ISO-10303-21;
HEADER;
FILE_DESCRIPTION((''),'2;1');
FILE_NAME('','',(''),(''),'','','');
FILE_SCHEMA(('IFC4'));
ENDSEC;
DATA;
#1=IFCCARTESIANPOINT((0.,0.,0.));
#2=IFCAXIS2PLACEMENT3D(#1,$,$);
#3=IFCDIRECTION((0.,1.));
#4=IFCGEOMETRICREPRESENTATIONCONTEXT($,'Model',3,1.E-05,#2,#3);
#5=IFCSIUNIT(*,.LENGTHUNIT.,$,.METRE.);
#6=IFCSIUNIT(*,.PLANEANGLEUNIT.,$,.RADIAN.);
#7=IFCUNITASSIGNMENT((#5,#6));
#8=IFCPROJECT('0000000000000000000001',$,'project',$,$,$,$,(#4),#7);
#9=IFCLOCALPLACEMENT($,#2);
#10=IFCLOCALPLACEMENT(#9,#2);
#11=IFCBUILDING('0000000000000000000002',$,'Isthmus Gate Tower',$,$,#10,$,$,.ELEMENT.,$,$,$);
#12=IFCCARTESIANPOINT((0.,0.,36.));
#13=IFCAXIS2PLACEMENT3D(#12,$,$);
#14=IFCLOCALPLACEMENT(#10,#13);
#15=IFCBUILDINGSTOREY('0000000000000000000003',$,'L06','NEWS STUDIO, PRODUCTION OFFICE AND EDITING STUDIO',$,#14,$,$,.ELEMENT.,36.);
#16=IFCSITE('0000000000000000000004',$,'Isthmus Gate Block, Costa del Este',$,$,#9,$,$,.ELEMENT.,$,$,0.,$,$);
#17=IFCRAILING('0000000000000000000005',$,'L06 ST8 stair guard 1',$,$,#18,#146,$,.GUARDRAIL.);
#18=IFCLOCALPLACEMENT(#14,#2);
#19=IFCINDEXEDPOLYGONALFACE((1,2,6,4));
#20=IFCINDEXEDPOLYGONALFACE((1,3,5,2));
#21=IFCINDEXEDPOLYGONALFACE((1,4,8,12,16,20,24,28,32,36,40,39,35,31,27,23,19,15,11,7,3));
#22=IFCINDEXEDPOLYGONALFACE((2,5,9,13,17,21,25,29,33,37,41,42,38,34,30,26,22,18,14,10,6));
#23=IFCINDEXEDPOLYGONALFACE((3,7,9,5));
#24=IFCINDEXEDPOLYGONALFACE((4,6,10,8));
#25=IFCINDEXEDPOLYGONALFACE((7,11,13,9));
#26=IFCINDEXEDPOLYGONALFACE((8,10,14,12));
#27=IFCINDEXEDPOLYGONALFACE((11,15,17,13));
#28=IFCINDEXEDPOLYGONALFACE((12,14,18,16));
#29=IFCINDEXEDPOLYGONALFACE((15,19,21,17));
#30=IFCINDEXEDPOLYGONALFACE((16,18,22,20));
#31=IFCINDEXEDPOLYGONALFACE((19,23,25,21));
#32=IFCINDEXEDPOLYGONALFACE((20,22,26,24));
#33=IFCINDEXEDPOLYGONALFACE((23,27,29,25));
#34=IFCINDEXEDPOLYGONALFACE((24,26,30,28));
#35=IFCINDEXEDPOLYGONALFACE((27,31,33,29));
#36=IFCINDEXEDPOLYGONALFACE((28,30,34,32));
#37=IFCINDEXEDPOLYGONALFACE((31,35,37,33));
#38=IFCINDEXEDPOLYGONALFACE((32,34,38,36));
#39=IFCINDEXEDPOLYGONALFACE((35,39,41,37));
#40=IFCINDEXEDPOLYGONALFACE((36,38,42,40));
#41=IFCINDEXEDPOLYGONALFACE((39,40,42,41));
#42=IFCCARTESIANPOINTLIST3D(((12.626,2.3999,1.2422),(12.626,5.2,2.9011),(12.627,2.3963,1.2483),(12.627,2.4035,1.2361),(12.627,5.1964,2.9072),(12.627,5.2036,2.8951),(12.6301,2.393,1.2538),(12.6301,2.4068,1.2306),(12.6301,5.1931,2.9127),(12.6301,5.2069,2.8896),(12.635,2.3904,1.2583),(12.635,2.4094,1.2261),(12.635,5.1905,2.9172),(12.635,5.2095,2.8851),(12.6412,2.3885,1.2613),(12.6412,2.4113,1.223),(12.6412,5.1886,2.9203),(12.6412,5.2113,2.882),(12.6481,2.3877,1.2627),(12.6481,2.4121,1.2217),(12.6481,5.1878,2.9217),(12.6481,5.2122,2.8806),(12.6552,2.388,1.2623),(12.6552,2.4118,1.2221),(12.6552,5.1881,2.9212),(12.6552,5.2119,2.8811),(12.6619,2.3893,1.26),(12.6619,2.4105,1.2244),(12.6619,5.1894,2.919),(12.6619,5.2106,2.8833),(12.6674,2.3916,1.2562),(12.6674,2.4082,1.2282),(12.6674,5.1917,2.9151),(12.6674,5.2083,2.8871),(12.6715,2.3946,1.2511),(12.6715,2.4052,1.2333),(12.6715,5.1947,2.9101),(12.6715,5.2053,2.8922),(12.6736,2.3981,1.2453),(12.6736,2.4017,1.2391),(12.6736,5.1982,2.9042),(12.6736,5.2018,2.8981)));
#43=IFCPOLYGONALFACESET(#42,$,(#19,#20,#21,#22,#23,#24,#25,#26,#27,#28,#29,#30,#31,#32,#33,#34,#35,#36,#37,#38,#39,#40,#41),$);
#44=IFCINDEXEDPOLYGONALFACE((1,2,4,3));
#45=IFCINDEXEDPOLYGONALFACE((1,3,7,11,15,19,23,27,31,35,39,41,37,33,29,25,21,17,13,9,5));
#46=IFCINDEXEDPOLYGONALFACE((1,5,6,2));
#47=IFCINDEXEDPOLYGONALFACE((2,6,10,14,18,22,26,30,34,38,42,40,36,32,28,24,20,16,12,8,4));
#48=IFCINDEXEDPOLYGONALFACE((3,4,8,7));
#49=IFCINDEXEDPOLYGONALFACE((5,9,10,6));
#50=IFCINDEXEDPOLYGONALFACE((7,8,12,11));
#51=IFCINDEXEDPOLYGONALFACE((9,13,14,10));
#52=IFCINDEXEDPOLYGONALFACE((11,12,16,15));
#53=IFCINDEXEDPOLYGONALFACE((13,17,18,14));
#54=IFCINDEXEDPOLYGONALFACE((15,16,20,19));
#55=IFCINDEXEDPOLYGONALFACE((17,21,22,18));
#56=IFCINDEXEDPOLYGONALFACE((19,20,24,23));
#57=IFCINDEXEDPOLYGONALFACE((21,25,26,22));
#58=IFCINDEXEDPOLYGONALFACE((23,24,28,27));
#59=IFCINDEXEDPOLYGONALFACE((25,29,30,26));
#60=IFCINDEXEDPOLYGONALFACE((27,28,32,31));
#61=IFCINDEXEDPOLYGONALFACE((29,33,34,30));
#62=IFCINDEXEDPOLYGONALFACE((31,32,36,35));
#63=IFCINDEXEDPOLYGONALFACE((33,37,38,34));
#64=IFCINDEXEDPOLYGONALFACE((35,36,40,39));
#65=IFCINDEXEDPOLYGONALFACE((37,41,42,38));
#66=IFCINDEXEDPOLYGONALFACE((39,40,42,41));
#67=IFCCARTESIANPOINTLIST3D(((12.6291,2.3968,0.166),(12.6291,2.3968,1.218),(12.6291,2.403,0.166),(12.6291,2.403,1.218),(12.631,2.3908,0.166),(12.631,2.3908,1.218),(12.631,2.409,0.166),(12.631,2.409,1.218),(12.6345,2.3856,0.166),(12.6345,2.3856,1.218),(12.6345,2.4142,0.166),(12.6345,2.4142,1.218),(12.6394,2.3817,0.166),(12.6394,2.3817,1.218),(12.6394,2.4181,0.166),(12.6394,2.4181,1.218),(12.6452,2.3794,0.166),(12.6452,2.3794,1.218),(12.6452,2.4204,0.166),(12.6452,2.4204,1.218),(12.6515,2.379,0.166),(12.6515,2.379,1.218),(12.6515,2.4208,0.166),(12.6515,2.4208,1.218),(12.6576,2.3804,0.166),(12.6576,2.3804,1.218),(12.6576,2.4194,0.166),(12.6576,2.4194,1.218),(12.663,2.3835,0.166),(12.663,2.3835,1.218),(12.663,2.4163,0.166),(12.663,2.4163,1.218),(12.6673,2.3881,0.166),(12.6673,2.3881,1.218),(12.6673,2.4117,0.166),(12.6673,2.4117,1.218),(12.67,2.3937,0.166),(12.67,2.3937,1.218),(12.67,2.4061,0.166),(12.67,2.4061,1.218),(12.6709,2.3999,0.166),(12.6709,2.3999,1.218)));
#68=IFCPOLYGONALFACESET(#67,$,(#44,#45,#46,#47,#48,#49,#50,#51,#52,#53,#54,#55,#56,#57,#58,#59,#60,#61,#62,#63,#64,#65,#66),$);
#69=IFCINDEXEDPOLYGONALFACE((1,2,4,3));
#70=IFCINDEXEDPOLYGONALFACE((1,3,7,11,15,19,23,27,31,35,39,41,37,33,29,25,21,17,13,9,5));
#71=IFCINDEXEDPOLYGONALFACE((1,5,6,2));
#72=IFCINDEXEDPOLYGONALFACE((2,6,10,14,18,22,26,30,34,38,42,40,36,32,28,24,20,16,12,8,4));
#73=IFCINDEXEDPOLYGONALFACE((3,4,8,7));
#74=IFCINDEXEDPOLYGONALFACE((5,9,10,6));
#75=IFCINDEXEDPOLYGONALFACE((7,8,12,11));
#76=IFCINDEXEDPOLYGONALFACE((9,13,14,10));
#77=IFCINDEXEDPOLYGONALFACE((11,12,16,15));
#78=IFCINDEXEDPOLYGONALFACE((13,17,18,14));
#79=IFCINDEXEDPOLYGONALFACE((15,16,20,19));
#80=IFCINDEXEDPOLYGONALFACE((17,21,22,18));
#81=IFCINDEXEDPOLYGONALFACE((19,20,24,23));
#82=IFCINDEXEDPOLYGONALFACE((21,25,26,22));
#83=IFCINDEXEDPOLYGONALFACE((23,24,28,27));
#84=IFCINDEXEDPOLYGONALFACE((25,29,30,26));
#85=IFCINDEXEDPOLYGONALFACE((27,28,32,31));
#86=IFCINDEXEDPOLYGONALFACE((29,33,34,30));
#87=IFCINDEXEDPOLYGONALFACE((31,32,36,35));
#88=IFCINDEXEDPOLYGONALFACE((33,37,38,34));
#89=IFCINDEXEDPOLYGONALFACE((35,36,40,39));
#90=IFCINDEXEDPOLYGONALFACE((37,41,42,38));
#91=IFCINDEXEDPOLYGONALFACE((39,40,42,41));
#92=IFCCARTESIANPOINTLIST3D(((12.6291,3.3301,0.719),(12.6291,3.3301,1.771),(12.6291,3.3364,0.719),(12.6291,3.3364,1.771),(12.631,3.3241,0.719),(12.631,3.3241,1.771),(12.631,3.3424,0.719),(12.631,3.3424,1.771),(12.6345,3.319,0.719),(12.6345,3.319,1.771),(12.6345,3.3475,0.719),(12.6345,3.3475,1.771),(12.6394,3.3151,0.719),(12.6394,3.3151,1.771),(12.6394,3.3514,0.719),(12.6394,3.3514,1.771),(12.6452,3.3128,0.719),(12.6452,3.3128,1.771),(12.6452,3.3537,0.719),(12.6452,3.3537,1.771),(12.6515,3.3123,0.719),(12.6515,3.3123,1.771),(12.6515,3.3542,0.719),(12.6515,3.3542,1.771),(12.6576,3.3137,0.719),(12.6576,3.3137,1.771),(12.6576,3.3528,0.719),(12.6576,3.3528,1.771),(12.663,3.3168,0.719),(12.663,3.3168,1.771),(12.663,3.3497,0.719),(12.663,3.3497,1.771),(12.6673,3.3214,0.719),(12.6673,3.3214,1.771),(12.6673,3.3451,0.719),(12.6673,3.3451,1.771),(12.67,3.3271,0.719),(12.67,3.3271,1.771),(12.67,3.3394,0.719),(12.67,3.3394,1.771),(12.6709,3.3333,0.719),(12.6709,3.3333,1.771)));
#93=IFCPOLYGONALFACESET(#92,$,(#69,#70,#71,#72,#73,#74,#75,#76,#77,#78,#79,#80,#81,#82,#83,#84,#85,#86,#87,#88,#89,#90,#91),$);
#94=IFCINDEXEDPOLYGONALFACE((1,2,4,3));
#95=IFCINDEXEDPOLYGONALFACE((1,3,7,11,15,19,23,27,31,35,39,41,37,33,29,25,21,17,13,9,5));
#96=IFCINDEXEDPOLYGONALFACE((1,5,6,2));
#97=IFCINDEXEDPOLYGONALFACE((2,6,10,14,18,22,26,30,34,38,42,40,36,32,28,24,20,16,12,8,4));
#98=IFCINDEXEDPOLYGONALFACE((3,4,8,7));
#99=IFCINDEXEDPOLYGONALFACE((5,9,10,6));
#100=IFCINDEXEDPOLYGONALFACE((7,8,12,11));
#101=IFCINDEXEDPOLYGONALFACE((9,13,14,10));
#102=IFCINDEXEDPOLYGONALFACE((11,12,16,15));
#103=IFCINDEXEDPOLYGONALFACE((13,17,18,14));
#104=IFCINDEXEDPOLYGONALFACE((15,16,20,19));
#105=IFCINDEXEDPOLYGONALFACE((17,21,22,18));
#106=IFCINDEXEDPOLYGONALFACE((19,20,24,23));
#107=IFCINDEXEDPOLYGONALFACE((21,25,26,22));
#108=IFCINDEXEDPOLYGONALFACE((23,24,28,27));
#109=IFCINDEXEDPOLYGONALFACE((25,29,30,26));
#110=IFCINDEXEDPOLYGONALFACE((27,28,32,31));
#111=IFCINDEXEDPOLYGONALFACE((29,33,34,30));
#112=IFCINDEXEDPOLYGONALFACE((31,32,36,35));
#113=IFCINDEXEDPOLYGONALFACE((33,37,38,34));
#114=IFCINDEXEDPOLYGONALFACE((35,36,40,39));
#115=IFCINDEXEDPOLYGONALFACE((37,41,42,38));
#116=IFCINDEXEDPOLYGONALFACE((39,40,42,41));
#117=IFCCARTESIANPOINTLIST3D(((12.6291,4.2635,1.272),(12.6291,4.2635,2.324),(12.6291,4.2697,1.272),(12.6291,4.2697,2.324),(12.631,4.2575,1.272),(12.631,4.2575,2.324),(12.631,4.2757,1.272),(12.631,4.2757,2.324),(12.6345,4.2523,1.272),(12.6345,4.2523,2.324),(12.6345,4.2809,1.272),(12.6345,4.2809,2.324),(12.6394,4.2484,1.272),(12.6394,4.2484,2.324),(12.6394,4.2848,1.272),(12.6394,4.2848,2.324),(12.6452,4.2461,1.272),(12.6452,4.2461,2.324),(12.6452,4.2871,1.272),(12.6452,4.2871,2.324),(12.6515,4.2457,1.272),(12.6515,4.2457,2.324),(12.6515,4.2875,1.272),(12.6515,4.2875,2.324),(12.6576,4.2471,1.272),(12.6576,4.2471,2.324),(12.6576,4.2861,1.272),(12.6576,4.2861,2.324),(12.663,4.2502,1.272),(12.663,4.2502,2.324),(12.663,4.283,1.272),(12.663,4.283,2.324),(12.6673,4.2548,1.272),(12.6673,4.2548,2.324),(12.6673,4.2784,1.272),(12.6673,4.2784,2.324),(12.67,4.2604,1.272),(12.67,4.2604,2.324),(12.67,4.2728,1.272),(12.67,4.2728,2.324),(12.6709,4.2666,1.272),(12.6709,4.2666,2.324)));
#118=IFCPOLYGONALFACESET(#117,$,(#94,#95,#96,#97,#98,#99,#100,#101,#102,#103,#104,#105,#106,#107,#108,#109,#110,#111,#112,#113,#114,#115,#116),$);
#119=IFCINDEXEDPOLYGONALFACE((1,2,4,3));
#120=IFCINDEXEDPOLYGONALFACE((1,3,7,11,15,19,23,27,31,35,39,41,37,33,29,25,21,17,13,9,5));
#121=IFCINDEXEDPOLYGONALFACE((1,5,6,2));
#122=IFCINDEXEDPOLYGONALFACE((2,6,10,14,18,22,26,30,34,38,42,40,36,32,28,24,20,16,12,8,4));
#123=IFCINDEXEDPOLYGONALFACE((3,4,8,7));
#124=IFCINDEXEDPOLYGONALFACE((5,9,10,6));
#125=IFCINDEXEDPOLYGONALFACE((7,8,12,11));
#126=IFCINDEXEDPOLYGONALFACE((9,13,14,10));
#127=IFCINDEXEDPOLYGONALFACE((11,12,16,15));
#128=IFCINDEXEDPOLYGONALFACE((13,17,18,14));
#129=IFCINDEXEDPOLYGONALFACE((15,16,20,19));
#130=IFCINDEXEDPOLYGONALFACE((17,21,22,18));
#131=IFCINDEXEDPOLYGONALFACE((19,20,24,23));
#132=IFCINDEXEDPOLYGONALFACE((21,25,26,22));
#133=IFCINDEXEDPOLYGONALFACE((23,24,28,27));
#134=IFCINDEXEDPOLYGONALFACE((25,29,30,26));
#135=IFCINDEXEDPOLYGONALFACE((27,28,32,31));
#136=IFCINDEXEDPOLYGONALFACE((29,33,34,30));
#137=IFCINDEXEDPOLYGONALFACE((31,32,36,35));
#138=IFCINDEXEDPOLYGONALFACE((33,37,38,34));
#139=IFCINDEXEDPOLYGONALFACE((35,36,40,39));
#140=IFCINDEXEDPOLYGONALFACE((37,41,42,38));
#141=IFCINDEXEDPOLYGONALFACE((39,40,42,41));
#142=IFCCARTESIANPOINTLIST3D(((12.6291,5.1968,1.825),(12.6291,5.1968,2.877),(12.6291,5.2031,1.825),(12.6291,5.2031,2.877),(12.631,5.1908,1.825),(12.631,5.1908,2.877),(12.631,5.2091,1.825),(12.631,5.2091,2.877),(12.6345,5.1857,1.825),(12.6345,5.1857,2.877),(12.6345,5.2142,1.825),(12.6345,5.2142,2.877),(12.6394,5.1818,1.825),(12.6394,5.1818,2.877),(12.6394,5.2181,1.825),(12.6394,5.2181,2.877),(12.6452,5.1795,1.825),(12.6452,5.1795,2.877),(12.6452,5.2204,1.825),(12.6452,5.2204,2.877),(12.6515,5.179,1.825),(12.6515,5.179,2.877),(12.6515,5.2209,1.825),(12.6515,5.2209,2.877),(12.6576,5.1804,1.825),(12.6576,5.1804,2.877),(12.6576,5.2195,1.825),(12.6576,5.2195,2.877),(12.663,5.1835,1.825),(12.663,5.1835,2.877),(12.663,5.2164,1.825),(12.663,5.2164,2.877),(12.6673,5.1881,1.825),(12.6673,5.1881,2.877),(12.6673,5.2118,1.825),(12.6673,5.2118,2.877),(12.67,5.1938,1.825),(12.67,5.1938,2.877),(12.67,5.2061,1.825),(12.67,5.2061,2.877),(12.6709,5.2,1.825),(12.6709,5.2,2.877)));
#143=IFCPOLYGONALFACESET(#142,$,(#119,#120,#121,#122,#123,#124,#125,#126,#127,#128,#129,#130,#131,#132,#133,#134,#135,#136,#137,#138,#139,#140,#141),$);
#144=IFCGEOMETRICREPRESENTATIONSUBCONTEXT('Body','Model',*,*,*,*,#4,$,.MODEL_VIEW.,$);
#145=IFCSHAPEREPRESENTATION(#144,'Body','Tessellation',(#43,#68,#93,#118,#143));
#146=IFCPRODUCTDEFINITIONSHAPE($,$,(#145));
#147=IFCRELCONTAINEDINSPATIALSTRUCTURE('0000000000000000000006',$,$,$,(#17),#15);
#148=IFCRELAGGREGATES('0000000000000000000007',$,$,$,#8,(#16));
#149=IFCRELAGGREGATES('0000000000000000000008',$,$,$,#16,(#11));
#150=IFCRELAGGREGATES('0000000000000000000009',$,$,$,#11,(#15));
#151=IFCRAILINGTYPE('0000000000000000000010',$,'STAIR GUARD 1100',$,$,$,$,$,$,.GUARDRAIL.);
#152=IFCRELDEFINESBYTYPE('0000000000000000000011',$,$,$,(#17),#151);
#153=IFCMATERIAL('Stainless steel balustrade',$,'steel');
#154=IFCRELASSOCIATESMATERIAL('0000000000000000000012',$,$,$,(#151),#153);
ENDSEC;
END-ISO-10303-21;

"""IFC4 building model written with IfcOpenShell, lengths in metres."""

from ifc_helpers import new_model, si_unit, direction, frame, origin, origin_2d, place, context, subcontext, project, spatial, circle, extrude, material, type_object, element, save


model = new_model("IFC4")

# Units and contexts
model_context = context("Model", 3, precision=1e-05, world=origin(), true_north=direction((0.0, 1.0)))
body_context = subcontext(model_context, "Body", "Model", "MODEL_VIEW")
ifc_project = project(units=[si_unit("LENGTHUNIT", "METRE"), si_unit("PLANEANGLEUNIT", "RADIAN")], contexts=[model_context])

# Site, building, storey
site_placement = place(None, origin())
site = spatial("IfcSite", under=ifc_project, at=site_placement, Name="Isthmus Gate Block, Costa del Este", CompositionType="ELEMENT", RefElevation=0.0)
building_placement = place(site_placement, origin())
building = spatial("IfcBuilding", under=site, at=building_placement, Name="Isthmus Gate Tower", CompositionType="ELEMENT")
storey_placement = place(building_placement, frame((0.0, 0.0, 36.0)))
storey = spatial("IfcBuildingStorey", under=building, at=storey_placement, Name="L06", Description="NEWS STUDIO, PRODUCTION OFFICE AND EDITING STUDIO", CompositionType="ELEMENT", Elevation=36.0)

# Railing
ifc_material_1 = material(Name="Stainless steel balustrade", Category="steel")
railing_type_1 = type_object("IfcRailingType", Name="STAIR GUARD 1100", PredefinedType="GUARDRAIL", material=ifc_material_1)
railing_1_placement = place(storey_placement, frame((12.6499, 2.3999, 0.166)))
element("IfcRailing", 1, at=railing_1_placement, inside=storey, type_object=railing_type_1, Name="L06 ST8 stair guard 1", PredefinedType="GUARDRAIL", context=body_context, shape_type="SweptSolid", body=[
    extrude(circle(Radius=0.0239, at=origin_2d()), frame((0.0, 0.0, 1.0762), z_axis=(0.0, 0.860339, 0.509722), x_axis=(-1.0, 0.0, 0.0)), (0.0, 0.0, 1.0), 3.2546),
    extrude(circle(Radius=0.021, at=origin_2d()), origin(), (0.0, 0.0, 1.0), 1.052),
    extrude(circle(Radius=0.021, at=origin_2d()), frame((0.0, 0.9333, 0.553)), (0.0, 0.0, 1.0), 1.052),
    extrude(circle(Radius=0.021, at=origin_2d()), frame((0.0, 1.8667, 1.106)), (0.0, 0.0, 1.0), 1.052),
    extrude(circle(Radius=0.021, at=origin_2d()), frame((0.0, 2.8, 1.6589)), (0.0, 0.0, 1.0), 1.052),
])

save(model, "model.ifc")
